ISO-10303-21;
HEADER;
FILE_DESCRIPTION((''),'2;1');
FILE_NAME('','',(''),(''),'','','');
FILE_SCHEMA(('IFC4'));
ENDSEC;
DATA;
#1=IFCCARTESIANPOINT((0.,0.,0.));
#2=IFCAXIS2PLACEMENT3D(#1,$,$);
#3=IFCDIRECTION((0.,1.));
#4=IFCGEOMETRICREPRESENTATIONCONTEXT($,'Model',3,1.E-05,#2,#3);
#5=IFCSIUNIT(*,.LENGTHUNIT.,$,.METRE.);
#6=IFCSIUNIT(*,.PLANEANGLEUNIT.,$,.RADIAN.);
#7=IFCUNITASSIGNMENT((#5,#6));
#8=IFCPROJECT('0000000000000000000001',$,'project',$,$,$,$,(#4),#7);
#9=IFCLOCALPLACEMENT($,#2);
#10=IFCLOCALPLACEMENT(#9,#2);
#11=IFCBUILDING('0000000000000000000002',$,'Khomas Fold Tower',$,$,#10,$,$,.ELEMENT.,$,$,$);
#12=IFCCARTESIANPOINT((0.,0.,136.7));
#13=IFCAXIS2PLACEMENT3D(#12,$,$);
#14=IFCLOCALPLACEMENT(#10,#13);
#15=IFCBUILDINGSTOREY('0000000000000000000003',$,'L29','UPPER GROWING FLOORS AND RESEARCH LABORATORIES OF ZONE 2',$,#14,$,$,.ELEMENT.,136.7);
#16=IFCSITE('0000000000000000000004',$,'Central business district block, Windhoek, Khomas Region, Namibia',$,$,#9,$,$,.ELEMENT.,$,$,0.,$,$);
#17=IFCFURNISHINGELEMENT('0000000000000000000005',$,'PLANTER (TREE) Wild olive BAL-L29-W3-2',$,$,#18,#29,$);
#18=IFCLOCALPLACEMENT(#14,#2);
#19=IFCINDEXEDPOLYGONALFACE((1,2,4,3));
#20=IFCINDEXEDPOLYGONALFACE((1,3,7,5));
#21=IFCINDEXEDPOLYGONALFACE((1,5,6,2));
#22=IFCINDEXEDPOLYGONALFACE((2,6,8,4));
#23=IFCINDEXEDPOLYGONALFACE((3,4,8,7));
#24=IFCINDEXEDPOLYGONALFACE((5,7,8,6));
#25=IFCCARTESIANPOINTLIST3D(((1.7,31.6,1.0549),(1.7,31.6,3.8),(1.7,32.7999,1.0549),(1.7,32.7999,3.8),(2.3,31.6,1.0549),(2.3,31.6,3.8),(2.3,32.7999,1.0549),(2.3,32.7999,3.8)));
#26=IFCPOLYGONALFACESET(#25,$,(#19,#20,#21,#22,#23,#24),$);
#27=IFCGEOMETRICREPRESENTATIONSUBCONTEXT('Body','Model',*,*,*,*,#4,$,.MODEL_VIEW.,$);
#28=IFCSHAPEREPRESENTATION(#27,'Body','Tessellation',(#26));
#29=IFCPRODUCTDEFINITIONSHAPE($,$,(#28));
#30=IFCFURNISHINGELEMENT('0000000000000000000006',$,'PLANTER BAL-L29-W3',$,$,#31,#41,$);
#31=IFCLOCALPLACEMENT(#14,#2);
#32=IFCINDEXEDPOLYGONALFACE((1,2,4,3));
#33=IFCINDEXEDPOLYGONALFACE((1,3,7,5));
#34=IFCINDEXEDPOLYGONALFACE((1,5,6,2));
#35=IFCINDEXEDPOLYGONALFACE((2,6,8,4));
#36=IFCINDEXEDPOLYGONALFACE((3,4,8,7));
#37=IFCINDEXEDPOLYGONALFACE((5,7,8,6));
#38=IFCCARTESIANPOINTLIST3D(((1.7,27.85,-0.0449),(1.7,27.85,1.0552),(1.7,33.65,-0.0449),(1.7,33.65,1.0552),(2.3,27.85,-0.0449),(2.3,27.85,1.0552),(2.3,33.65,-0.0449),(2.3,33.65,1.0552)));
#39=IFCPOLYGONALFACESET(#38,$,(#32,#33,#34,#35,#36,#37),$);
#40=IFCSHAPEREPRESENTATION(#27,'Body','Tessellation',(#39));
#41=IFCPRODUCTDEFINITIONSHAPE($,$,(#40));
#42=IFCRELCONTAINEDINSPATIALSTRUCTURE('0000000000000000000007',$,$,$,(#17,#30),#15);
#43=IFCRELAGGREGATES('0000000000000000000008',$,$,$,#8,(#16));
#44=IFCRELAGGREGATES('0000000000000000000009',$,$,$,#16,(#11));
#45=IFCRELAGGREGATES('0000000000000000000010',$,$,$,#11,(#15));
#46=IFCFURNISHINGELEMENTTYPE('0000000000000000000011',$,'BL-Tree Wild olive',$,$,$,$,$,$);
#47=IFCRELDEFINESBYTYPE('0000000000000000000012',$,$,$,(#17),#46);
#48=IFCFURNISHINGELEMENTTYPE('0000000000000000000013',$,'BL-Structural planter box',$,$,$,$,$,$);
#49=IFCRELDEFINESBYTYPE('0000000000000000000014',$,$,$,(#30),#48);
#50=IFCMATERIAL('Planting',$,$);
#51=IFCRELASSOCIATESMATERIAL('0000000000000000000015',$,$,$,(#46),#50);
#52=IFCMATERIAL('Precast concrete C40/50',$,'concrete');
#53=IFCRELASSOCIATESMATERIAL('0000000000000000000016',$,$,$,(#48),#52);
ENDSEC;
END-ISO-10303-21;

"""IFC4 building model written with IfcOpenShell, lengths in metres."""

from ifc_helpers import new_model, si_unit, direction, frame, origin, origin_2d, place, context, subcontext, project, spatial, rectangle, extrude, source, transform, mapped, material, type_object, element, save


model = new_model("IFC4")

# Units and contexts
model_context = context("Model", 3, precision=1e-05, world=origin(), true_north=direction((0.0, 1.0)))
body_context = subcontext(model_context, "Body", "Model", "MODEL_VIEW")
ifc_project = project(units=[si_unit("LENGTHUNIT", "METRE"), si_unit("PLANEANGLEUNIT", "RADIAN")], contexts=[model_context])

# Site, building, storey
site_placement = place(None, origin())
site = spatial("IfcSite", under=ifc_project, at=site_placement, Name="Central business district block, Windhoek, Khomas Region, Namibia", CompositionType="ELEMENT", RefElevation=0.0)
building_placement = place(site_placement, origin())
building = spatial("IfcBuilding", under=site, at=building_placement, Name="Khomas Fold Tower", CompositionType="ELEMENT")
storey_placement = place(building_placement, frame((0.0, 0.0, 136.7)))
storey = spatial("IfcBuildingStorey", under=building, at=storey_placement, Name="L29", Description="UPPER GROWING FLOORS AND RESEARCH LABORATORIES OF ZONE 2", CompositionType="ELEMENT", Elevation=136.7)

# Furnishing elements
shared_shape_1 = source(origin(), body_context, "Body", "SweptSolid", [
    extrude(rectangle(XDim=1.2, YDim=0.6001, at=origin_2d()), origin(), (0.0, 0.0, 1.0), 2.7451),
])
ifc_material_1 = material(Name="Planting")
furnishing_element_type_1 = type_object("IfcFurnishingElementType", Name="BL-Tree Wild olive", material=ifc_material_1)
furnishing_1_placement = place(storey_placement, frame((2.0, 32.2, 1.0549), z_axis=(0.0, 0.0, 1.0), x_axis=(0.0, 1.0, 0.0)))
element("IfcFurnishingElement", 1, at=furnishing_1_placement, inside=storey, type_object=furnishing_element_type_1, Name="PLANTER (TREE) Wild olive BAL-L29-W3-2", context=body_context, shape_type="MappedRepresentation", body=[
    mapped(shared_shape_1, transform((0.0, 0.0, 0.0))),
])
ifc_material_2 = material(Name="Precast concrete C40/50", Category="concrete")
furnishing_element_type_2 = type_object("IfcFurnishingElementType", Name="BL-Structural planter box", material=ifc_material_2)
shared_shape_2 = source(origin(), body_context, "Body", "SweptSolid", [
    extrude(rectangle(XDim=5.8, YDim=0.6001, at=origin_2d()), origin(), (0.0, 0.0, 1.0), 1.1001),
])
furnishing_2_placement = place(storey_placement, frame((2.0, 30.75, -0.0449), z_axis=(0.0, 0.0, 1.0), x_axis=(0.0, 1.0, 0.0)))
element("IfcFurnishingElement", 2, at=furnishing_2_placement, inside=storey, type_object=furnishing_element_type_2, Name="PLANTER BAL-L29-W3", context=body_context, shape_type="MappedRepresentation", body=[
    mapped(shared_shape_2, transform((0.0, 0.0, 0.0))),
])

save(model, "model.ifc")
